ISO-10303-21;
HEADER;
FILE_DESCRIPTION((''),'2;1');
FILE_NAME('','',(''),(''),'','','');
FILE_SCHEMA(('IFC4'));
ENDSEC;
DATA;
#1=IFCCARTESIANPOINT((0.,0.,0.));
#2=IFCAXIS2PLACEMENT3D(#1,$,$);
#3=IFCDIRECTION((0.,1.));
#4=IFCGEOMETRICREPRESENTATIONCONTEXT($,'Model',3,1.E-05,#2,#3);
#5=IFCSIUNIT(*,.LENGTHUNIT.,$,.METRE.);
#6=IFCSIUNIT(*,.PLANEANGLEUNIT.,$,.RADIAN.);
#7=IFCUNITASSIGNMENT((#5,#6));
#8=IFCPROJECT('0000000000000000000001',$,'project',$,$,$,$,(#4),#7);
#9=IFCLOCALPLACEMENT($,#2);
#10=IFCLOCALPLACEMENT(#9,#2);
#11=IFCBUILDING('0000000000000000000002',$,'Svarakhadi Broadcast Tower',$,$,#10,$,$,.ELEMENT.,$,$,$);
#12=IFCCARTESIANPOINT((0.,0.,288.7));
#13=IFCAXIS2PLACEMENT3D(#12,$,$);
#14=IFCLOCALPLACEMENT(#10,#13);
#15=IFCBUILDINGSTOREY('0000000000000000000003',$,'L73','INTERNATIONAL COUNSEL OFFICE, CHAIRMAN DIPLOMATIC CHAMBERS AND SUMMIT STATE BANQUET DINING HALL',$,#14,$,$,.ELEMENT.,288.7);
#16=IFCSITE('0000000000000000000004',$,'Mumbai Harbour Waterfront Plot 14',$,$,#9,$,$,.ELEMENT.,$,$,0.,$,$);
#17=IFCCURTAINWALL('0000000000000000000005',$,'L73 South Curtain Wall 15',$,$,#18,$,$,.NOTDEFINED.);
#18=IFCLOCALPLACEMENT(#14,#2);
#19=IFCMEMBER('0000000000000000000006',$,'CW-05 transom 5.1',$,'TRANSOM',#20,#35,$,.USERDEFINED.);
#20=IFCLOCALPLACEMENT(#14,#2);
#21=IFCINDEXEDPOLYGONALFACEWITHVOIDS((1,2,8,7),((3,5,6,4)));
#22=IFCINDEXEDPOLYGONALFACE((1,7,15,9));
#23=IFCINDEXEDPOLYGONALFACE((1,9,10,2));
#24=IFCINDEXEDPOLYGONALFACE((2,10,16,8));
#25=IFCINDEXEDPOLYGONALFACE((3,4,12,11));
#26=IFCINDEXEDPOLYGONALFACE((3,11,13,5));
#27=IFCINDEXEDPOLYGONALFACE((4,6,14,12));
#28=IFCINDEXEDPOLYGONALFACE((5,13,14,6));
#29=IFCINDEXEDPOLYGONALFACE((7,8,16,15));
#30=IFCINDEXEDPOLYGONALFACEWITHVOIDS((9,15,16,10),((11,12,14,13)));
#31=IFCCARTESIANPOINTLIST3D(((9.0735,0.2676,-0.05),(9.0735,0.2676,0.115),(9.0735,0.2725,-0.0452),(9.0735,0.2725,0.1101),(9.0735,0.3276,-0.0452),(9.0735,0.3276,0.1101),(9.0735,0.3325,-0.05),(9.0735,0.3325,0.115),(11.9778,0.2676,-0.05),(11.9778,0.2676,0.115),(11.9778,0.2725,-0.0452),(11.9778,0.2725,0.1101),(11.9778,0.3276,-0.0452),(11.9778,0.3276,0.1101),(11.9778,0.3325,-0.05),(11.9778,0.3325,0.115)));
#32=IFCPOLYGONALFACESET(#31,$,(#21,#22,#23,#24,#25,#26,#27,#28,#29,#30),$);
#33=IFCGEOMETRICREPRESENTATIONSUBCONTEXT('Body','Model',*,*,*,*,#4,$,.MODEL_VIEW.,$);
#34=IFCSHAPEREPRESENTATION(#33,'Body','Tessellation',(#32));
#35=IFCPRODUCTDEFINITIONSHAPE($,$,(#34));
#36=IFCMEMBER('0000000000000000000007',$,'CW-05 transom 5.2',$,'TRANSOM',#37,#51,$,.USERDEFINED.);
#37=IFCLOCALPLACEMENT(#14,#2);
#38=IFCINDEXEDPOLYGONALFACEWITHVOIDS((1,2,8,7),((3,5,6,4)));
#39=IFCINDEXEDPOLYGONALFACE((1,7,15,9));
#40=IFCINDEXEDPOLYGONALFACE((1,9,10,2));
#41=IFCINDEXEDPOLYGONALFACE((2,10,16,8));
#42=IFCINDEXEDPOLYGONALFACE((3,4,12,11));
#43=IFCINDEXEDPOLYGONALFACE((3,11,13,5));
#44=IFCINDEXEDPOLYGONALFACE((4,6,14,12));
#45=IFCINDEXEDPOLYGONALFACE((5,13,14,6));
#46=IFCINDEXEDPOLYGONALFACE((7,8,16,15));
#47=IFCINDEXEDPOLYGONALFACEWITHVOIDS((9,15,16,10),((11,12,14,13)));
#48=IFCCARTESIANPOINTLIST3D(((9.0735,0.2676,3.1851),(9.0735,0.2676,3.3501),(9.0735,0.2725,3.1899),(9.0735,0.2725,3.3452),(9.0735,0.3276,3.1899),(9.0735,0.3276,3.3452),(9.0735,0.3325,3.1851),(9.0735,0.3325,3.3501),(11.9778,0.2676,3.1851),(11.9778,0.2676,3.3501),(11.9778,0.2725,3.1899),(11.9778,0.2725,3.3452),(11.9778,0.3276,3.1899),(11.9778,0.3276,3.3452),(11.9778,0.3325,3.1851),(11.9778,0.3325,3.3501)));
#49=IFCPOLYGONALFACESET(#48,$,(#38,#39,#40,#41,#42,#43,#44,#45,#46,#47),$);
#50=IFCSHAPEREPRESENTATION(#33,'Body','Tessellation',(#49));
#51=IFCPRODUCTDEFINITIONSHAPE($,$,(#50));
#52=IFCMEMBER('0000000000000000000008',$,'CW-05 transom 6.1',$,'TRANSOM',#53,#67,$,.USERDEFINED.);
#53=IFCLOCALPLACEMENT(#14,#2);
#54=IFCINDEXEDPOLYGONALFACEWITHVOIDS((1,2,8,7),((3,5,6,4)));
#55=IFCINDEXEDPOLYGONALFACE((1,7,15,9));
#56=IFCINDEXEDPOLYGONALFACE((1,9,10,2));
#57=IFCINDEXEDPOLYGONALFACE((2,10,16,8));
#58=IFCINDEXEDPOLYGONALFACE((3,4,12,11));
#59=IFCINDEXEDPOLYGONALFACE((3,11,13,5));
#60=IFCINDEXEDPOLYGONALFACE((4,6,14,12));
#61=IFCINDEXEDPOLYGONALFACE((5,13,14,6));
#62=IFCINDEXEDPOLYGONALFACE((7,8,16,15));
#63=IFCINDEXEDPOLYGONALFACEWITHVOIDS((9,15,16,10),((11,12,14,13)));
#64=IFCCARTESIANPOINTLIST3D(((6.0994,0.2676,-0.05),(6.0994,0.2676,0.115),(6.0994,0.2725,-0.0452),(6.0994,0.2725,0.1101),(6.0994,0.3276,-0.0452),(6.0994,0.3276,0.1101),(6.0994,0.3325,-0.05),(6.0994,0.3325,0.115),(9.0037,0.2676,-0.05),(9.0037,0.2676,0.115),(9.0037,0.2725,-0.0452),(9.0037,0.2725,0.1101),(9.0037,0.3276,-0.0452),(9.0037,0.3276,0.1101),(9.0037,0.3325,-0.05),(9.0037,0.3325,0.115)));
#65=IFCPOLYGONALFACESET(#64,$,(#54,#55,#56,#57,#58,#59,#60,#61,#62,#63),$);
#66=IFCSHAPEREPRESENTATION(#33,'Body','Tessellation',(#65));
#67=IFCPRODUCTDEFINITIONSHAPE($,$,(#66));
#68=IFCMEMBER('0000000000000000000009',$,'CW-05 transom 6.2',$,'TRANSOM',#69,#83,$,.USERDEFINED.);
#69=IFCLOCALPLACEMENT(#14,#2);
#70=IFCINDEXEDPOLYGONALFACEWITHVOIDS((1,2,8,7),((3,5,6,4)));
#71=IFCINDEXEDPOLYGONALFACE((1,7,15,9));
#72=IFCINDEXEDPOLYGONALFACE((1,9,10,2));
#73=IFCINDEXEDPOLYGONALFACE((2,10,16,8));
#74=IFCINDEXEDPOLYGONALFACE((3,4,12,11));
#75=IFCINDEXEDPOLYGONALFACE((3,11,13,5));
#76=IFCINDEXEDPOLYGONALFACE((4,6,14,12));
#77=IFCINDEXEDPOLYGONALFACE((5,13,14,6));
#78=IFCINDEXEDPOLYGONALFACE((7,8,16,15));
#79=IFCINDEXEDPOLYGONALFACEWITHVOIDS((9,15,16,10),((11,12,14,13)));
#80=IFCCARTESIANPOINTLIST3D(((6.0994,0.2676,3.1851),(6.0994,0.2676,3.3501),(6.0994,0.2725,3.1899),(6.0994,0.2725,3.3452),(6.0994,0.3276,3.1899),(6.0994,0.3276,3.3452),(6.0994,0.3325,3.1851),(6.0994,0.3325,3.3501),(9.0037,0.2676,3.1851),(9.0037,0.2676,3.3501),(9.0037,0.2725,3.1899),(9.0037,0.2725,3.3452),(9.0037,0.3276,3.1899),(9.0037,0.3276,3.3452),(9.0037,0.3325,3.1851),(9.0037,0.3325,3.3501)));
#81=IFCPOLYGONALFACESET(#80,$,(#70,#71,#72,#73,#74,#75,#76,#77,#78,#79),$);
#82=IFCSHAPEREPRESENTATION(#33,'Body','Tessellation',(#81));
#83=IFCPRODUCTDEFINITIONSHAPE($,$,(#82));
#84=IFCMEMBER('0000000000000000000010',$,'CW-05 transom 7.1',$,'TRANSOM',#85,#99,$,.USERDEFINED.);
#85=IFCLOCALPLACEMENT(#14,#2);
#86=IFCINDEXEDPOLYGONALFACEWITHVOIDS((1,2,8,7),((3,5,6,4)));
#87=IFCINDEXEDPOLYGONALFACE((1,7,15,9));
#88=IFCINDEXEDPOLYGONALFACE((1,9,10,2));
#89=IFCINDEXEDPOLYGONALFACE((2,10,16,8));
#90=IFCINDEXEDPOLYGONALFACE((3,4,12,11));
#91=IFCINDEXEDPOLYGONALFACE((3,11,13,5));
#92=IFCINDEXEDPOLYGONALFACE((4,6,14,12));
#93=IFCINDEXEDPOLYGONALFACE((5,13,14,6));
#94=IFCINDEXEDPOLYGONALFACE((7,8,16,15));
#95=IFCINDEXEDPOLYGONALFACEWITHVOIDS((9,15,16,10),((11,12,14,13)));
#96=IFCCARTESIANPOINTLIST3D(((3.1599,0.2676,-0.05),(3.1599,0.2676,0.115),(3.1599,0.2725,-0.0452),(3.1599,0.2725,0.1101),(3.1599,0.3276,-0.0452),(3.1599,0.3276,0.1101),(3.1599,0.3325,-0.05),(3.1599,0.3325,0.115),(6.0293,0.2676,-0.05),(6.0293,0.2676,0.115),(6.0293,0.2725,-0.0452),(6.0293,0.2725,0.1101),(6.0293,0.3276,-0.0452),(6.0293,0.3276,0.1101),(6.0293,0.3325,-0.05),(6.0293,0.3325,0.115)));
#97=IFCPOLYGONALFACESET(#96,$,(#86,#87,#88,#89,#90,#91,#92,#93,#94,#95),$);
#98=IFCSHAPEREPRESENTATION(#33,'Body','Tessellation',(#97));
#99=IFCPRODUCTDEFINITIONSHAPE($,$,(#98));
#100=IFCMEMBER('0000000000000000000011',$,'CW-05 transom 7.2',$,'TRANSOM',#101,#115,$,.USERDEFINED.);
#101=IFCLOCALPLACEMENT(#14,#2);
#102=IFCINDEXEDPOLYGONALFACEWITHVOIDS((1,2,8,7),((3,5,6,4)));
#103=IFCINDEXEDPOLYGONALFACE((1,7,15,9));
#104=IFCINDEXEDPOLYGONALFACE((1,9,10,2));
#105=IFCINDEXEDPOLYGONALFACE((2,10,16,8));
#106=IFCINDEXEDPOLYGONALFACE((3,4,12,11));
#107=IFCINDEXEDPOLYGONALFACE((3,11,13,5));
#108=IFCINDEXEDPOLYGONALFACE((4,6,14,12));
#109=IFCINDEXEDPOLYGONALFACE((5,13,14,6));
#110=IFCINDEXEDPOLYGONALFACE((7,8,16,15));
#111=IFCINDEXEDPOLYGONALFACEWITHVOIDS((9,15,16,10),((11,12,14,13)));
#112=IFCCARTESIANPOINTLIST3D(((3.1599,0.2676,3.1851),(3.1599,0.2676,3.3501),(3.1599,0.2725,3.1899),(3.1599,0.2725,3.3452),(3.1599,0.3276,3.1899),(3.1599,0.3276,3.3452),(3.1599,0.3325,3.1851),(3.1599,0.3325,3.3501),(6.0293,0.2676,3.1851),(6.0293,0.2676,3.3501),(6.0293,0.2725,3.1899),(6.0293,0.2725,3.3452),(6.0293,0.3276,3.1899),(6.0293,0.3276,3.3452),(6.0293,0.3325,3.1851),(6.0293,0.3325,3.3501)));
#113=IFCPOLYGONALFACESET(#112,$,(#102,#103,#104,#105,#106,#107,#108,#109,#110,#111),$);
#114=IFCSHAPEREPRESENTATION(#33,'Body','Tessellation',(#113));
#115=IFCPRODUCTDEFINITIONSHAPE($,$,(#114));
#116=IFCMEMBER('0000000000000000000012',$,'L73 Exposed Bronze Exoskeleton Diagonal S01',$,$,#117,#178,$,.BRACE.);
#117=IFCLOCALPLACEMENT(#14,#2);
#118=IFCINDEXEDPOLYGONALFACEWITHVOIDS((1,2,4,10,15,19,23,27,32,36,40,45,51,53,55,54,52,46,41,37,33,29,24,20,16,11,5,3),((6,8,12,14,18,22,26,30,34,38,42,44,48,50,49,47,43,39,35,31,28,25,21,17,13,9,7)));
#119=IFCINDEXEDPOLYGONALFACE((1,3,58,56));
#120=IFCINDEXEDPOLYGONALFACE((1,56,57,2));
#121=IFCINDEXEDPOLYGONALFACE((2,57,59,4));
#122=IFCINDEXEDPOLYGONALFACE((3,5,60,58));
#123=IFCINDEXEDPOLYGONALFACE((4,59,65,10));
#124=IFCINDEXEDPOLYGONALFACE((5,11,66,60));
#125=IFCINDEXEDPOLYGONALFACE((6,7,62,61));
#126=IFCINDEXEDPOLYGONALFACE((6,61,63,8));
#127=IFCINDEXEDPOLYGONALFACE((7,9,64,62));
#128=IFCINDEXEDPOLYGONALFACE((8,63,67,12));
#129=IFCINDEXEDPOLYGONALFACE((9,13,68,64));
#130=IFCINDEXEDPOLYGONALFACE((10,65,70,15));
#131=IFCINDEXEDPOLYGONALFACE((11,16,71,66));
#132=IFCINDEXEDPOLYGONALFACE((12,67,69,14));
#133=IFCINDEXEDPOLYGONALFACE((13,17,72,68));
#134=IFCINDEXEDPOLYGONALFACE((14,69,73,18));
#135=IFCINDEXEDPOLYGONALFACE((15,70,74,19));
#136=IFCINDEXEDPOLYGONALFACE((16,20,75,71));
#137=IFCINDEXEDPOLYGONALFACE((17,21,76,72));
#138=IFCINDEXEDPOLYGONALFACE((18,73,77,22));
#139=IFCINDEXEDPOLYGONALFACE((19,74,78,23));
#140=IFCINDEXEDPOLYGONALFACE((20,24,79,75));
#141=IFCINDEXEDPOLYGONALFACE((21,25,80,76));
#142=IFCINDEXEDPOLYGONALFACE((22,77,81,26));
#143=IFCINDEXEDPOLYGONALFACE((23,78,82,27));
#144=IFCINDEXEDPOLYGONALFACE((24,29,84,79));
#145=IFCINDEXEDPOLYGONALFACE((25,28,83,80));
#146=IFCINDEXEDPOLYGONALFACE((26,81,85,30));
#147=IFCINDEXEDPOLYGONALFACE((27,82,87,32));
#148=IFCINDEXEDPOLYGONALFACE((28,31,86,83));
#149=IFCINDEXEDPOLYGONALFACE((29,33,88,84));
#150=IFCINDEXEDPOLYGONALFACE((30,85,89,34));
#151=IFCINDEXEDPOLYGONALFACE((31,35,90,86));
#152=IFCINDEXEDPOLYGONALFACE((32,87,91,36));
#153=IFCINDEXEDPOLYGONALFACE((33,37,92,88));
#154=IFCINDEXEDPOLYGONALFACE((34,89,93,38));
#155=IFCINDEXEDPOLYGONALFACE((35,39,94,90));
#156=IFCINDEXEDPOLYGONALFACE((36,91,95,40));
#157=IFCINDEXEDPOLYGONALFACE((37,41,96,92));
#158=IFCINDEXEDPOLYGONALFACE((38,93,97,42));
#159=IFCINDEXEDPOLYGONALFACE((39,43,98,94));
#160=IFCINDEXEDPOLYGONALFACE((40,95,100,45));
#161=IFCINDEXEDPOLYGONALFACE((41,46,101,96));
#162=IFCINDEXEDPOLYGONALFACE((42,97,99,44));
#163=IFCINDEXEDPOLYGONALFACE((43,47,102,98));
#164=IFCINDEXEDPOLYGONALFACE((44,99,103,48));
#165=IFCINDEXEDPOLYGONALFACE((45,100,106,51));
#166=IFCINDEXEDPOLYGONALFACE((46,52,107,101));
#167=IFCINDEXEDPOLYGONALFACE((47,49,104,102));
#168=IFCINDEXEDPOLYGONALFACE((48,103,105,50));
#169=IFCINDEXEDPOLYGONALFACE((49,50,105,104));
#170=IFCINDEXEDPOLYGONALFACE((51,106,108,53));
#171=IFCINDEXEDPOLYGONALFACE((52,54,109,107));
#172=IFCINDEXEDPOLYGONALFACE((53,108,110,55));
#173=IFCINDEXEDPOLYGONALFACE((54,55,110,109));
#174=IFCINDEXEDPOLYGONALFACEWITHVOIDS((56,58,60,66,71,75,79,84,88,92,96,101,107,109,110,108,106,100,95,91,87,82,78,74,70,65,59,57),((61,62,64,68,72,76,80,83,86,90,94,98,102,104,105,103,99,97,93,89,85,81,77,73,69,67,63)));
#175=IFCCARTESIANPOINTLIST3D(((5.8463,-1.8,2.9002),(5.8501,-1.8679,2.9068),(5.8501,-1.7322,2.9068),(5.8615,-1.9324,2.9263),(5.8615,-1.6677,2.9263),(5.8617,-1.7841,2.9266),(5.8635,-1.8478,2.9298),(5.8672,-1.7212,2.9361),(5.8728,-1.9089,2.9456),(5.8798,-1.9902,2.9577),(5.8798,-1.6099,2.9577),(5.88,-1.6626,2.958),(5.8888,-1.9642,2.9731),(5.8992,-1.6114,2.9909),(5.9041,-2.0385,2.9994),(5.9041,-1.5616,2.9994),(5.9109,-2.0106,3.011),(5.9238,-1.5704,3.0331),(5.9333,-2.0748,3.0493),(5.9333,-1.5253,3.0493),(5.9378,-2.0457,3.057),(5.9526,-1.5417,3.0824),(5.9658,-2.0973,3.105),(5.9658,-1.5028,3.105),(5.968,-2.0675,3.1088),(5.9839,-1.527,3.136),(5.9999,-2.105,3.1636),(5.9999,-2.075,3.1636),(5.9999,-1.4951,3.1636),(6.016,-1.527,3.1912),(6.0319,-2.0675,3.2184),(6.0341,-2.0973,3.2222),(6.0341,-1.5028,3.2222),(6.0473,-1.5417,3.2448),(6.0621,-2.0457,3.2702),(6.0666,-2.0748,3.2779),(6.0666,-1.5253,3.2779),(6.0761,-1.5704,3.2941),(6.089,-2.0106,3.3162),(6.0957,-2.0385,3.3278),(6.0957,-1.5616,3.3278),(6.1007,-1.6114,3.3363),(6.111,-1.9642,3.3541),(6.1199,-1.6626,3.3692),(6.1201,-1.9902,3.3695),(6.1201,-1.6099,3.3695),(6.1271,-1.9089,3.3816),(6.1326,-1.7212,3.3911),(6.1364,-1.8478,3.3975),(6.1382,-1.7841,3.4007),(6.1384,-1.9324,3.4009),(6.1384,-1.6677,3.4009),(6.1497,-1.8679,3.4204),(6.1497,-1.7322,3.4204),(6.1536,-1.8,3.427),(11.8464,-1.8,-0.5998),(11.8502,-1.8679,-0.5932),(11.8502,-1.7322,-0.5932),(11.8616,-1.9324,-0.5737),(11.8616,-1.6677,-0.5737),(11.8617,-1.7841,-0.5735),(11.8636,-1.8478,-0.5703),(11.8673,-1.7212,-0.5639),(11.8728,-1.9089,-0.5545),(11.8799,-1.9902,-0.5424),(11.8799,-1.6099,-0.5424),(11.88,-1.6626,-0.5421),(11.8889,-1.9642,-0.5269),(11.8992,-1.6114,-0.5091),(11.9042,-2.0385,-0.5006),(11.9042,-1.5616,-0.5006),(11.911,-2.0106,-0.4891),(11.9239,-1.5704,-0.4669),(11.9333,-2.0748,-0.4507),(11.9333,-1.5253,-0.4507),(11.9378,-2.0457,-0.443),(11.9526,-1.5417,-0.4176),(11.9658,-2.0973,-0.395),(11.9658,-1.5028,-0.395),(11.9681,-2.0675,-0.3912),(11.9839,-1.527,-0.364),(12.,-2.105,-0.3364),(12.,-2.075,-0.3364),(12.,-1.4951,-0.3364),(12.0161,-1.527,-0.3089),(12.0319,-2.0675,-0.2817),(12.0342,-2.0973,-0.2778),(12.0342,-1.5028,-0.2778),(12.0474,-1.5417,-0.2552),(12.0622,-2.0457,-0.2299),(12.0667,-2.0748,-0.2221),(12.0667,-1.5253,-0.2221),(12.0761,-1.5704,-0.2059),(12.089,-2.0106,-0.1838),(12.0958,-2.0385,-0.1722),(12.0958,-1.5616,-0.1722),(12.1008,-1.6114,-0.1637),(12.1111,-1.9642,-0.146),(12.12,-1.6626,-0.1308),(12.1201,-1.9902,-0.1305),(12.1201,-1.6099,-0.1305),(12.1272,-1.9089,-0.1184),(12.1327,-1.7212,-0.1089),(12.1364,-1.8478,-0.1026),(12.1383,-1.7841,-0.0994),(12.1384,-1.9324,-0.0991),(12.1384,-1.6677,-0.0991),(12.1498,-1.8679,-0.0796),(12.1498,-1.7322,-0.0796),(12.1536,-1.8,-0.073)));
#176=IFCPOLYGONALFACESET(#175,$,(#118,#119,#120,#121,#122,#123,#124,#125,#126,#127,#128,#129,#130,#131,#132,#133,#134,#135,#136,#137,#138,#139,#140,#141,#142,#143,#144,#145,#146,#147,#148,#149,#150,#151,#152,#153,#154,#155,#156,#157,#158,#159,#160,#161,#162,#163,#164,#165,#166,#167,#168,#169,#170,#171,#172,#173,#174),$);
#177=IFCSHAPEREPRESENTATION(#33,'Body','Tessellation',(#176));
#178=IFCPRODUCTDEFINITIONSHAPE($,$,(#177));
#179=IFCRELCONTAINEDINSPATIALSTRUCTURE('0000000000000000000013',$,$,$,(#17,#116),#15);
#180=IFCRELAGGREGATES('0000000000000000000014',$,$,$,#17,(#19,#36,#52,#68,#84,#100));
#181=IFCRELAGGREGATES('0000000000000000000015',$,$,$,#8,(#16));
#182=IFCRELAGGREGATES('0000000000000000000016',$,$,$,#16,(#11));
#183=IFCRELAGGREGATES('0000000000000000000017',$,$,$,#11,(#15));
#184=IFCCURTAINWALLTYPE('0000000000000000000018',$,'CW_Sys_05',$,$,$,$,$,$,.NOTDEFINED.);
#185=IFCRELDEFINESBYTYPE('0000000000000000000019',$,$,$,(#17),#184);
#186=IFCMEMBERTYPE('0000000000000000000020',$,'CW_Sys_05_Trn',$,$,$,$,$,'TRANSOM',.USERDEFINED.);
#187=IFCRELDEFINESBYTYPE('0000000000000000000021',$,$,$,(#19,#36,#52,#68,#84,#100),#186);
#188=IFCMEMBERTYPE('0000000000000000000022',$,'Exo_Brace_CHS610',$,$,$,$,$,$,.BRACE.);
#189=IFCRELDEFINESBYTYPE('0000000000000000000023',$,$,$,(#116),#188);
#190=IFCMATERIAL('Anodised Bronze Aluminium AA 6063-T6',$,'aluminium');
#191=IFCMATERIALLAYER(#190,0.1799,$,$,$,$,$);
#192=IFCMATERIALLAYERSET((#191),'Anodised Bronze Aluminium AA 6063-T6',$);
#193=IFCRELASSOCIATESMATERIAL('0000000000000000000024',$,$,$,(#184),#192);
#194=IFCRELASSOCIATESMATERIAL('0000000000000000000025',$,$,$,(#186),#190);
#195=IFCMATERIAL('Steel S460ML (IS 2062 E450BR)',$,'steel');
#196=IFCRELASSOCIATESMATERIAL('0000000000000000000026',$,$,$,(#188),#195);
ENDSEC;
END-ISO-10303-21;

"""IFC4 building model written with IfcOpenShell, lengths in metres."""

from ifc_helpers import new_model, si_unit, direction, frame, origin, origin_2d, place, context, subcontext, project, spatial, hollow_rectangle, hollow_circle, extrude, material, layer, layer_set, material_profile, profile_set, type_object, element, aggregate, save


model = new_model("IFC4")

# Units and contexts
model_context = context("Model", 3, precision=1e-05, world=origin(), true_north=direction((0.0, 1.0)))
body_context = subcontext(model_context, "Body", "Model", "MODEL_VIEW")
ifc_project = project(units=[si_unit("LENGTHUNIT", "METRE"), si_unit("PLANEANGLEUNIT", "RADIAN")], contexts=[model_context])

# Site, building, storey
site_placement = place(None, origin())
site = spatial("IfcSite", under=ifc_project, at=site_placement, Name="Mumbai Harbour Waterfront Plot 14", CompositionType="ELEMENT", RefElevation=0.0)
building_placement = place(site_placement, origin())
building = spatial("IfcBuilding", under=site, at=building_placement, Name="Svarakhadi Broadcast Tower", CompositionType="ELEMENT")
storey_placement = place(building_placement, frame((0.0, 0.0, 288.7)))
storey = spatial("IfcBuildingStorey", under=building, at=storey_placement, Name="L73", Description="INTERNATIONAL COUNSEL OFFICE, CHAIRMAN DIPLOMATIC CHAMBERS AND SUMMIT STATE BANQUET DINING HALL", CompositionType="ELEMENT", Elevation=288.7)

# Shared definitions
ifc_material_1 = material(Name="Steel S460ML (IS 2062 E450BR)", Category="steel")

# Curtain wall, members
ifc_material_2 = material(Name="Anodised Bronze Aluminium AA 6063-T6", Category="aluminium")
ifc_layer_1 = layer(ifc_material_2, 0.1799)
ifc_layer_set_1 = layer_set([ifc_layer_1], Name="Anodised Bronze Aluminium AA 6063-T6")
curtain_wall_type = type_object("IfcCurtainWallType", Name="CW_Sys_05", PredefinedType="NOTDEFINED", material=ifc_layer_set_1)
curtain_wall_placement = place(storey_placement, origin())
curtain_wall = element("IfcCurtainWall", 1, at=curtain_wall_placement, inside=storey, type_object=curtain_wall_type, Name="L73 South Curtain Wall 15", PredefinedType="NOTDEFINED")
ifc_material_profile_1 = material_profile(ifc_material_2, hollow_rectangle(XDim=0.0649, YDim=0.165, WallThickness=0.0049, at=origin_2d()), Name="ALU TRANSOM 165x65x5")
ifc_profile_set_1 = profile_set([ifc_material_profile_1], Name="Anodised Bronze Aluminium AA 6063-T6")
member_type_1 = type_object("IfcMemberType", Name="CW_Sys_05_Trn", ElementType="TRANSOM", PredefinedType="USERDEFINED", material=ifc_profile_set_1)
member_1_placement = place(storey_placement, frame((11.9778, 0.3, 0.0325), z_axis=(-1.0, 0.0, 0.0), x_axis=(0.0, -1.0, 0.0)))
member_1 = element("IfcMember", 2, at=member_1_placement, type_object=member_type_1, Name="CW-05 transom 5.1", ObjectType="TRANSOM", PredefinedType="USERDEFINED", context=body_context, shape_type="SweptSolid", body=[
    extrude(hollow_rectangle(XDim=0.0649, YDim=0.165, WallThickness=0.0049, at=origin_2d()), origin(), (0.0, 0.0, 1.0), 2.9043),
])
member_2_placement = place(storey_placement, frame((11.9778, 0.3, 3.2676), z_axis=(-1.0, 0.0, 0.0), x_axis=(0.0, -1.0, 0.0)))
member_2 = element("IfcMember", 3, at=member_2_placement, type_object=member_type_1, Name="CW-05 transom 5.2", ObjectType="TRANSOM", PredefinedType="USERDEFINED", context=body_context, shape_type="SweptSolid", body=[
    extrude(hollow_rectangle(XDim=0.0649, YDim=0.165, WallThickness=0.0049, at=origin_2d()), origin(), (0.0, 0.0, 1.0), 2.9043),
])
member_3_placement = place(storey_placement, frame((9.0037, 0.3, 0.0325), z_axis=(-1.0, 0.0, 0.0), x_axis=(0.0, -1.0, 0.0)))
member_3 = element("IfcMember", 4, at=member_3_placement, type_object=member_type_1, Name="CW-05 transom 6.1", ObjectType="TRANSOM", PredefinedType="USERDEFINED", context=body_context, shape_type="SweptSolid", body=[
    extrude(hollow_rectangle(XDim=0.0649, YDim=0.165, WallThickness=0.0049, at=origin_2d()), origin(), (0.0, 0.0, 1.0), 2.9043),
])
member_4_placement = place(storey_placement, frame((9.0037, 0.3, 3.2676), z_axis=(-1.0, 0.0, 0.0), x_axis=(0.0, -1.0, 0.0)))
member_4 = element("IfcMember", 5, at=member_4_placement, type_object=member_type_1, Name="CW-05 transom 6.2", ObjectType="TRANSOM", PredefinedType="USERDEFINED", context=body_context, shape_type="SweptSolid", body=[
    extrude(hollow_rectangle(XDim=0.0649, YDim=0.165, WallThickness=0.0049, at=origin_2d()), origin(), (0.0, 0.0, 1.0), 2.9043),
])
member_5_placement = place(storey_placement, frame((6.0293, 0.3, 0.0325), z_axis=(-1.0, 0.0, 0.0), x_axis=(0.0, -1.0, 0.0)))
member_5 = element("IfcMember", 6, at=member_5_placement, type_object=member_type_1, Name="CW-05 transom 7.1", ObjectType="TRANSOM", PredefinedType="USERDEFINED", context=body_context, shape_type="SweptSolid", body=[
    extrude(hollow_rectangle(XDim=0.0649, YDim=0.165, WallThickness=0.0049, at=origin_2d()), origin(), (0.0, 0.0, 1.0), 2.8694),
])
member_6_placement = place(storey_placement, frame((6.0293, 0.3, 3.2676), z_axis=(-1.0, 0.0, 0.0), x_axis=(0.0, -1.0, 0.0)))
member_6 = element("IfcMember", 7, at=member_6_placement, type_object=member_type_1, Name="CW-05 transom 7.2", ObjectType="TRANSOM", PredefinedType="USERDEFINED", context=body_context, shape_type="SweptSolid", body=[
    extrude(hollow_rectangle(XDim=0.0649, YDim=0.165, WallThickness=0.0049, at=origin_2d()), origin(), (0.0, 0.0, 1.0), 2.8694),
])

# Member
ifc_material_profile_2 = material_profile(ifc_material_1, hollow_circle(Radius=0.3049, WallThickness=0.03, at=origin_2d()), Name="CHS 610x30")
ifc_profile_set_2 = profile_set([ifc_material_profile_2], Name="Steel S460ML (IS 2062 E450BR)")
member_type_2 = type_object("IfcMemberType", Name="Exo_Brace_CHS610", PredefinedType="BRACE", material=ifc_profile_set_2)
for number, where, z_axis, x_axis, name in (
    (8, (12.0, -1.8, -0.3364), (-0.863779, 0.0, 0.503871), (0.0, -1.0, 0.0), "L73 Exposed Bronze Exoskeleton Diagonal S01"),
):
    element("IfcMember", number, at=place(storey_placement, frame(where, z_axis=z_axis, x_axis=x_axis)), inside=storey, type_object=member_type_2, Name=name, PredefinedType="BRACE", context=body_context, shape_type="SweptSolid", body=[
        extrude(hollow_circle(Radius=0.3049, WallThickness=0.03, at=origin_2d()), origin(), (0.0, 0.0, 1.0), 6.9463),
    ])

aggregate(curtain_wall, [member_1, member_2, member_3, member_4, member_5, member_6])

save(model, "model.ifc")
